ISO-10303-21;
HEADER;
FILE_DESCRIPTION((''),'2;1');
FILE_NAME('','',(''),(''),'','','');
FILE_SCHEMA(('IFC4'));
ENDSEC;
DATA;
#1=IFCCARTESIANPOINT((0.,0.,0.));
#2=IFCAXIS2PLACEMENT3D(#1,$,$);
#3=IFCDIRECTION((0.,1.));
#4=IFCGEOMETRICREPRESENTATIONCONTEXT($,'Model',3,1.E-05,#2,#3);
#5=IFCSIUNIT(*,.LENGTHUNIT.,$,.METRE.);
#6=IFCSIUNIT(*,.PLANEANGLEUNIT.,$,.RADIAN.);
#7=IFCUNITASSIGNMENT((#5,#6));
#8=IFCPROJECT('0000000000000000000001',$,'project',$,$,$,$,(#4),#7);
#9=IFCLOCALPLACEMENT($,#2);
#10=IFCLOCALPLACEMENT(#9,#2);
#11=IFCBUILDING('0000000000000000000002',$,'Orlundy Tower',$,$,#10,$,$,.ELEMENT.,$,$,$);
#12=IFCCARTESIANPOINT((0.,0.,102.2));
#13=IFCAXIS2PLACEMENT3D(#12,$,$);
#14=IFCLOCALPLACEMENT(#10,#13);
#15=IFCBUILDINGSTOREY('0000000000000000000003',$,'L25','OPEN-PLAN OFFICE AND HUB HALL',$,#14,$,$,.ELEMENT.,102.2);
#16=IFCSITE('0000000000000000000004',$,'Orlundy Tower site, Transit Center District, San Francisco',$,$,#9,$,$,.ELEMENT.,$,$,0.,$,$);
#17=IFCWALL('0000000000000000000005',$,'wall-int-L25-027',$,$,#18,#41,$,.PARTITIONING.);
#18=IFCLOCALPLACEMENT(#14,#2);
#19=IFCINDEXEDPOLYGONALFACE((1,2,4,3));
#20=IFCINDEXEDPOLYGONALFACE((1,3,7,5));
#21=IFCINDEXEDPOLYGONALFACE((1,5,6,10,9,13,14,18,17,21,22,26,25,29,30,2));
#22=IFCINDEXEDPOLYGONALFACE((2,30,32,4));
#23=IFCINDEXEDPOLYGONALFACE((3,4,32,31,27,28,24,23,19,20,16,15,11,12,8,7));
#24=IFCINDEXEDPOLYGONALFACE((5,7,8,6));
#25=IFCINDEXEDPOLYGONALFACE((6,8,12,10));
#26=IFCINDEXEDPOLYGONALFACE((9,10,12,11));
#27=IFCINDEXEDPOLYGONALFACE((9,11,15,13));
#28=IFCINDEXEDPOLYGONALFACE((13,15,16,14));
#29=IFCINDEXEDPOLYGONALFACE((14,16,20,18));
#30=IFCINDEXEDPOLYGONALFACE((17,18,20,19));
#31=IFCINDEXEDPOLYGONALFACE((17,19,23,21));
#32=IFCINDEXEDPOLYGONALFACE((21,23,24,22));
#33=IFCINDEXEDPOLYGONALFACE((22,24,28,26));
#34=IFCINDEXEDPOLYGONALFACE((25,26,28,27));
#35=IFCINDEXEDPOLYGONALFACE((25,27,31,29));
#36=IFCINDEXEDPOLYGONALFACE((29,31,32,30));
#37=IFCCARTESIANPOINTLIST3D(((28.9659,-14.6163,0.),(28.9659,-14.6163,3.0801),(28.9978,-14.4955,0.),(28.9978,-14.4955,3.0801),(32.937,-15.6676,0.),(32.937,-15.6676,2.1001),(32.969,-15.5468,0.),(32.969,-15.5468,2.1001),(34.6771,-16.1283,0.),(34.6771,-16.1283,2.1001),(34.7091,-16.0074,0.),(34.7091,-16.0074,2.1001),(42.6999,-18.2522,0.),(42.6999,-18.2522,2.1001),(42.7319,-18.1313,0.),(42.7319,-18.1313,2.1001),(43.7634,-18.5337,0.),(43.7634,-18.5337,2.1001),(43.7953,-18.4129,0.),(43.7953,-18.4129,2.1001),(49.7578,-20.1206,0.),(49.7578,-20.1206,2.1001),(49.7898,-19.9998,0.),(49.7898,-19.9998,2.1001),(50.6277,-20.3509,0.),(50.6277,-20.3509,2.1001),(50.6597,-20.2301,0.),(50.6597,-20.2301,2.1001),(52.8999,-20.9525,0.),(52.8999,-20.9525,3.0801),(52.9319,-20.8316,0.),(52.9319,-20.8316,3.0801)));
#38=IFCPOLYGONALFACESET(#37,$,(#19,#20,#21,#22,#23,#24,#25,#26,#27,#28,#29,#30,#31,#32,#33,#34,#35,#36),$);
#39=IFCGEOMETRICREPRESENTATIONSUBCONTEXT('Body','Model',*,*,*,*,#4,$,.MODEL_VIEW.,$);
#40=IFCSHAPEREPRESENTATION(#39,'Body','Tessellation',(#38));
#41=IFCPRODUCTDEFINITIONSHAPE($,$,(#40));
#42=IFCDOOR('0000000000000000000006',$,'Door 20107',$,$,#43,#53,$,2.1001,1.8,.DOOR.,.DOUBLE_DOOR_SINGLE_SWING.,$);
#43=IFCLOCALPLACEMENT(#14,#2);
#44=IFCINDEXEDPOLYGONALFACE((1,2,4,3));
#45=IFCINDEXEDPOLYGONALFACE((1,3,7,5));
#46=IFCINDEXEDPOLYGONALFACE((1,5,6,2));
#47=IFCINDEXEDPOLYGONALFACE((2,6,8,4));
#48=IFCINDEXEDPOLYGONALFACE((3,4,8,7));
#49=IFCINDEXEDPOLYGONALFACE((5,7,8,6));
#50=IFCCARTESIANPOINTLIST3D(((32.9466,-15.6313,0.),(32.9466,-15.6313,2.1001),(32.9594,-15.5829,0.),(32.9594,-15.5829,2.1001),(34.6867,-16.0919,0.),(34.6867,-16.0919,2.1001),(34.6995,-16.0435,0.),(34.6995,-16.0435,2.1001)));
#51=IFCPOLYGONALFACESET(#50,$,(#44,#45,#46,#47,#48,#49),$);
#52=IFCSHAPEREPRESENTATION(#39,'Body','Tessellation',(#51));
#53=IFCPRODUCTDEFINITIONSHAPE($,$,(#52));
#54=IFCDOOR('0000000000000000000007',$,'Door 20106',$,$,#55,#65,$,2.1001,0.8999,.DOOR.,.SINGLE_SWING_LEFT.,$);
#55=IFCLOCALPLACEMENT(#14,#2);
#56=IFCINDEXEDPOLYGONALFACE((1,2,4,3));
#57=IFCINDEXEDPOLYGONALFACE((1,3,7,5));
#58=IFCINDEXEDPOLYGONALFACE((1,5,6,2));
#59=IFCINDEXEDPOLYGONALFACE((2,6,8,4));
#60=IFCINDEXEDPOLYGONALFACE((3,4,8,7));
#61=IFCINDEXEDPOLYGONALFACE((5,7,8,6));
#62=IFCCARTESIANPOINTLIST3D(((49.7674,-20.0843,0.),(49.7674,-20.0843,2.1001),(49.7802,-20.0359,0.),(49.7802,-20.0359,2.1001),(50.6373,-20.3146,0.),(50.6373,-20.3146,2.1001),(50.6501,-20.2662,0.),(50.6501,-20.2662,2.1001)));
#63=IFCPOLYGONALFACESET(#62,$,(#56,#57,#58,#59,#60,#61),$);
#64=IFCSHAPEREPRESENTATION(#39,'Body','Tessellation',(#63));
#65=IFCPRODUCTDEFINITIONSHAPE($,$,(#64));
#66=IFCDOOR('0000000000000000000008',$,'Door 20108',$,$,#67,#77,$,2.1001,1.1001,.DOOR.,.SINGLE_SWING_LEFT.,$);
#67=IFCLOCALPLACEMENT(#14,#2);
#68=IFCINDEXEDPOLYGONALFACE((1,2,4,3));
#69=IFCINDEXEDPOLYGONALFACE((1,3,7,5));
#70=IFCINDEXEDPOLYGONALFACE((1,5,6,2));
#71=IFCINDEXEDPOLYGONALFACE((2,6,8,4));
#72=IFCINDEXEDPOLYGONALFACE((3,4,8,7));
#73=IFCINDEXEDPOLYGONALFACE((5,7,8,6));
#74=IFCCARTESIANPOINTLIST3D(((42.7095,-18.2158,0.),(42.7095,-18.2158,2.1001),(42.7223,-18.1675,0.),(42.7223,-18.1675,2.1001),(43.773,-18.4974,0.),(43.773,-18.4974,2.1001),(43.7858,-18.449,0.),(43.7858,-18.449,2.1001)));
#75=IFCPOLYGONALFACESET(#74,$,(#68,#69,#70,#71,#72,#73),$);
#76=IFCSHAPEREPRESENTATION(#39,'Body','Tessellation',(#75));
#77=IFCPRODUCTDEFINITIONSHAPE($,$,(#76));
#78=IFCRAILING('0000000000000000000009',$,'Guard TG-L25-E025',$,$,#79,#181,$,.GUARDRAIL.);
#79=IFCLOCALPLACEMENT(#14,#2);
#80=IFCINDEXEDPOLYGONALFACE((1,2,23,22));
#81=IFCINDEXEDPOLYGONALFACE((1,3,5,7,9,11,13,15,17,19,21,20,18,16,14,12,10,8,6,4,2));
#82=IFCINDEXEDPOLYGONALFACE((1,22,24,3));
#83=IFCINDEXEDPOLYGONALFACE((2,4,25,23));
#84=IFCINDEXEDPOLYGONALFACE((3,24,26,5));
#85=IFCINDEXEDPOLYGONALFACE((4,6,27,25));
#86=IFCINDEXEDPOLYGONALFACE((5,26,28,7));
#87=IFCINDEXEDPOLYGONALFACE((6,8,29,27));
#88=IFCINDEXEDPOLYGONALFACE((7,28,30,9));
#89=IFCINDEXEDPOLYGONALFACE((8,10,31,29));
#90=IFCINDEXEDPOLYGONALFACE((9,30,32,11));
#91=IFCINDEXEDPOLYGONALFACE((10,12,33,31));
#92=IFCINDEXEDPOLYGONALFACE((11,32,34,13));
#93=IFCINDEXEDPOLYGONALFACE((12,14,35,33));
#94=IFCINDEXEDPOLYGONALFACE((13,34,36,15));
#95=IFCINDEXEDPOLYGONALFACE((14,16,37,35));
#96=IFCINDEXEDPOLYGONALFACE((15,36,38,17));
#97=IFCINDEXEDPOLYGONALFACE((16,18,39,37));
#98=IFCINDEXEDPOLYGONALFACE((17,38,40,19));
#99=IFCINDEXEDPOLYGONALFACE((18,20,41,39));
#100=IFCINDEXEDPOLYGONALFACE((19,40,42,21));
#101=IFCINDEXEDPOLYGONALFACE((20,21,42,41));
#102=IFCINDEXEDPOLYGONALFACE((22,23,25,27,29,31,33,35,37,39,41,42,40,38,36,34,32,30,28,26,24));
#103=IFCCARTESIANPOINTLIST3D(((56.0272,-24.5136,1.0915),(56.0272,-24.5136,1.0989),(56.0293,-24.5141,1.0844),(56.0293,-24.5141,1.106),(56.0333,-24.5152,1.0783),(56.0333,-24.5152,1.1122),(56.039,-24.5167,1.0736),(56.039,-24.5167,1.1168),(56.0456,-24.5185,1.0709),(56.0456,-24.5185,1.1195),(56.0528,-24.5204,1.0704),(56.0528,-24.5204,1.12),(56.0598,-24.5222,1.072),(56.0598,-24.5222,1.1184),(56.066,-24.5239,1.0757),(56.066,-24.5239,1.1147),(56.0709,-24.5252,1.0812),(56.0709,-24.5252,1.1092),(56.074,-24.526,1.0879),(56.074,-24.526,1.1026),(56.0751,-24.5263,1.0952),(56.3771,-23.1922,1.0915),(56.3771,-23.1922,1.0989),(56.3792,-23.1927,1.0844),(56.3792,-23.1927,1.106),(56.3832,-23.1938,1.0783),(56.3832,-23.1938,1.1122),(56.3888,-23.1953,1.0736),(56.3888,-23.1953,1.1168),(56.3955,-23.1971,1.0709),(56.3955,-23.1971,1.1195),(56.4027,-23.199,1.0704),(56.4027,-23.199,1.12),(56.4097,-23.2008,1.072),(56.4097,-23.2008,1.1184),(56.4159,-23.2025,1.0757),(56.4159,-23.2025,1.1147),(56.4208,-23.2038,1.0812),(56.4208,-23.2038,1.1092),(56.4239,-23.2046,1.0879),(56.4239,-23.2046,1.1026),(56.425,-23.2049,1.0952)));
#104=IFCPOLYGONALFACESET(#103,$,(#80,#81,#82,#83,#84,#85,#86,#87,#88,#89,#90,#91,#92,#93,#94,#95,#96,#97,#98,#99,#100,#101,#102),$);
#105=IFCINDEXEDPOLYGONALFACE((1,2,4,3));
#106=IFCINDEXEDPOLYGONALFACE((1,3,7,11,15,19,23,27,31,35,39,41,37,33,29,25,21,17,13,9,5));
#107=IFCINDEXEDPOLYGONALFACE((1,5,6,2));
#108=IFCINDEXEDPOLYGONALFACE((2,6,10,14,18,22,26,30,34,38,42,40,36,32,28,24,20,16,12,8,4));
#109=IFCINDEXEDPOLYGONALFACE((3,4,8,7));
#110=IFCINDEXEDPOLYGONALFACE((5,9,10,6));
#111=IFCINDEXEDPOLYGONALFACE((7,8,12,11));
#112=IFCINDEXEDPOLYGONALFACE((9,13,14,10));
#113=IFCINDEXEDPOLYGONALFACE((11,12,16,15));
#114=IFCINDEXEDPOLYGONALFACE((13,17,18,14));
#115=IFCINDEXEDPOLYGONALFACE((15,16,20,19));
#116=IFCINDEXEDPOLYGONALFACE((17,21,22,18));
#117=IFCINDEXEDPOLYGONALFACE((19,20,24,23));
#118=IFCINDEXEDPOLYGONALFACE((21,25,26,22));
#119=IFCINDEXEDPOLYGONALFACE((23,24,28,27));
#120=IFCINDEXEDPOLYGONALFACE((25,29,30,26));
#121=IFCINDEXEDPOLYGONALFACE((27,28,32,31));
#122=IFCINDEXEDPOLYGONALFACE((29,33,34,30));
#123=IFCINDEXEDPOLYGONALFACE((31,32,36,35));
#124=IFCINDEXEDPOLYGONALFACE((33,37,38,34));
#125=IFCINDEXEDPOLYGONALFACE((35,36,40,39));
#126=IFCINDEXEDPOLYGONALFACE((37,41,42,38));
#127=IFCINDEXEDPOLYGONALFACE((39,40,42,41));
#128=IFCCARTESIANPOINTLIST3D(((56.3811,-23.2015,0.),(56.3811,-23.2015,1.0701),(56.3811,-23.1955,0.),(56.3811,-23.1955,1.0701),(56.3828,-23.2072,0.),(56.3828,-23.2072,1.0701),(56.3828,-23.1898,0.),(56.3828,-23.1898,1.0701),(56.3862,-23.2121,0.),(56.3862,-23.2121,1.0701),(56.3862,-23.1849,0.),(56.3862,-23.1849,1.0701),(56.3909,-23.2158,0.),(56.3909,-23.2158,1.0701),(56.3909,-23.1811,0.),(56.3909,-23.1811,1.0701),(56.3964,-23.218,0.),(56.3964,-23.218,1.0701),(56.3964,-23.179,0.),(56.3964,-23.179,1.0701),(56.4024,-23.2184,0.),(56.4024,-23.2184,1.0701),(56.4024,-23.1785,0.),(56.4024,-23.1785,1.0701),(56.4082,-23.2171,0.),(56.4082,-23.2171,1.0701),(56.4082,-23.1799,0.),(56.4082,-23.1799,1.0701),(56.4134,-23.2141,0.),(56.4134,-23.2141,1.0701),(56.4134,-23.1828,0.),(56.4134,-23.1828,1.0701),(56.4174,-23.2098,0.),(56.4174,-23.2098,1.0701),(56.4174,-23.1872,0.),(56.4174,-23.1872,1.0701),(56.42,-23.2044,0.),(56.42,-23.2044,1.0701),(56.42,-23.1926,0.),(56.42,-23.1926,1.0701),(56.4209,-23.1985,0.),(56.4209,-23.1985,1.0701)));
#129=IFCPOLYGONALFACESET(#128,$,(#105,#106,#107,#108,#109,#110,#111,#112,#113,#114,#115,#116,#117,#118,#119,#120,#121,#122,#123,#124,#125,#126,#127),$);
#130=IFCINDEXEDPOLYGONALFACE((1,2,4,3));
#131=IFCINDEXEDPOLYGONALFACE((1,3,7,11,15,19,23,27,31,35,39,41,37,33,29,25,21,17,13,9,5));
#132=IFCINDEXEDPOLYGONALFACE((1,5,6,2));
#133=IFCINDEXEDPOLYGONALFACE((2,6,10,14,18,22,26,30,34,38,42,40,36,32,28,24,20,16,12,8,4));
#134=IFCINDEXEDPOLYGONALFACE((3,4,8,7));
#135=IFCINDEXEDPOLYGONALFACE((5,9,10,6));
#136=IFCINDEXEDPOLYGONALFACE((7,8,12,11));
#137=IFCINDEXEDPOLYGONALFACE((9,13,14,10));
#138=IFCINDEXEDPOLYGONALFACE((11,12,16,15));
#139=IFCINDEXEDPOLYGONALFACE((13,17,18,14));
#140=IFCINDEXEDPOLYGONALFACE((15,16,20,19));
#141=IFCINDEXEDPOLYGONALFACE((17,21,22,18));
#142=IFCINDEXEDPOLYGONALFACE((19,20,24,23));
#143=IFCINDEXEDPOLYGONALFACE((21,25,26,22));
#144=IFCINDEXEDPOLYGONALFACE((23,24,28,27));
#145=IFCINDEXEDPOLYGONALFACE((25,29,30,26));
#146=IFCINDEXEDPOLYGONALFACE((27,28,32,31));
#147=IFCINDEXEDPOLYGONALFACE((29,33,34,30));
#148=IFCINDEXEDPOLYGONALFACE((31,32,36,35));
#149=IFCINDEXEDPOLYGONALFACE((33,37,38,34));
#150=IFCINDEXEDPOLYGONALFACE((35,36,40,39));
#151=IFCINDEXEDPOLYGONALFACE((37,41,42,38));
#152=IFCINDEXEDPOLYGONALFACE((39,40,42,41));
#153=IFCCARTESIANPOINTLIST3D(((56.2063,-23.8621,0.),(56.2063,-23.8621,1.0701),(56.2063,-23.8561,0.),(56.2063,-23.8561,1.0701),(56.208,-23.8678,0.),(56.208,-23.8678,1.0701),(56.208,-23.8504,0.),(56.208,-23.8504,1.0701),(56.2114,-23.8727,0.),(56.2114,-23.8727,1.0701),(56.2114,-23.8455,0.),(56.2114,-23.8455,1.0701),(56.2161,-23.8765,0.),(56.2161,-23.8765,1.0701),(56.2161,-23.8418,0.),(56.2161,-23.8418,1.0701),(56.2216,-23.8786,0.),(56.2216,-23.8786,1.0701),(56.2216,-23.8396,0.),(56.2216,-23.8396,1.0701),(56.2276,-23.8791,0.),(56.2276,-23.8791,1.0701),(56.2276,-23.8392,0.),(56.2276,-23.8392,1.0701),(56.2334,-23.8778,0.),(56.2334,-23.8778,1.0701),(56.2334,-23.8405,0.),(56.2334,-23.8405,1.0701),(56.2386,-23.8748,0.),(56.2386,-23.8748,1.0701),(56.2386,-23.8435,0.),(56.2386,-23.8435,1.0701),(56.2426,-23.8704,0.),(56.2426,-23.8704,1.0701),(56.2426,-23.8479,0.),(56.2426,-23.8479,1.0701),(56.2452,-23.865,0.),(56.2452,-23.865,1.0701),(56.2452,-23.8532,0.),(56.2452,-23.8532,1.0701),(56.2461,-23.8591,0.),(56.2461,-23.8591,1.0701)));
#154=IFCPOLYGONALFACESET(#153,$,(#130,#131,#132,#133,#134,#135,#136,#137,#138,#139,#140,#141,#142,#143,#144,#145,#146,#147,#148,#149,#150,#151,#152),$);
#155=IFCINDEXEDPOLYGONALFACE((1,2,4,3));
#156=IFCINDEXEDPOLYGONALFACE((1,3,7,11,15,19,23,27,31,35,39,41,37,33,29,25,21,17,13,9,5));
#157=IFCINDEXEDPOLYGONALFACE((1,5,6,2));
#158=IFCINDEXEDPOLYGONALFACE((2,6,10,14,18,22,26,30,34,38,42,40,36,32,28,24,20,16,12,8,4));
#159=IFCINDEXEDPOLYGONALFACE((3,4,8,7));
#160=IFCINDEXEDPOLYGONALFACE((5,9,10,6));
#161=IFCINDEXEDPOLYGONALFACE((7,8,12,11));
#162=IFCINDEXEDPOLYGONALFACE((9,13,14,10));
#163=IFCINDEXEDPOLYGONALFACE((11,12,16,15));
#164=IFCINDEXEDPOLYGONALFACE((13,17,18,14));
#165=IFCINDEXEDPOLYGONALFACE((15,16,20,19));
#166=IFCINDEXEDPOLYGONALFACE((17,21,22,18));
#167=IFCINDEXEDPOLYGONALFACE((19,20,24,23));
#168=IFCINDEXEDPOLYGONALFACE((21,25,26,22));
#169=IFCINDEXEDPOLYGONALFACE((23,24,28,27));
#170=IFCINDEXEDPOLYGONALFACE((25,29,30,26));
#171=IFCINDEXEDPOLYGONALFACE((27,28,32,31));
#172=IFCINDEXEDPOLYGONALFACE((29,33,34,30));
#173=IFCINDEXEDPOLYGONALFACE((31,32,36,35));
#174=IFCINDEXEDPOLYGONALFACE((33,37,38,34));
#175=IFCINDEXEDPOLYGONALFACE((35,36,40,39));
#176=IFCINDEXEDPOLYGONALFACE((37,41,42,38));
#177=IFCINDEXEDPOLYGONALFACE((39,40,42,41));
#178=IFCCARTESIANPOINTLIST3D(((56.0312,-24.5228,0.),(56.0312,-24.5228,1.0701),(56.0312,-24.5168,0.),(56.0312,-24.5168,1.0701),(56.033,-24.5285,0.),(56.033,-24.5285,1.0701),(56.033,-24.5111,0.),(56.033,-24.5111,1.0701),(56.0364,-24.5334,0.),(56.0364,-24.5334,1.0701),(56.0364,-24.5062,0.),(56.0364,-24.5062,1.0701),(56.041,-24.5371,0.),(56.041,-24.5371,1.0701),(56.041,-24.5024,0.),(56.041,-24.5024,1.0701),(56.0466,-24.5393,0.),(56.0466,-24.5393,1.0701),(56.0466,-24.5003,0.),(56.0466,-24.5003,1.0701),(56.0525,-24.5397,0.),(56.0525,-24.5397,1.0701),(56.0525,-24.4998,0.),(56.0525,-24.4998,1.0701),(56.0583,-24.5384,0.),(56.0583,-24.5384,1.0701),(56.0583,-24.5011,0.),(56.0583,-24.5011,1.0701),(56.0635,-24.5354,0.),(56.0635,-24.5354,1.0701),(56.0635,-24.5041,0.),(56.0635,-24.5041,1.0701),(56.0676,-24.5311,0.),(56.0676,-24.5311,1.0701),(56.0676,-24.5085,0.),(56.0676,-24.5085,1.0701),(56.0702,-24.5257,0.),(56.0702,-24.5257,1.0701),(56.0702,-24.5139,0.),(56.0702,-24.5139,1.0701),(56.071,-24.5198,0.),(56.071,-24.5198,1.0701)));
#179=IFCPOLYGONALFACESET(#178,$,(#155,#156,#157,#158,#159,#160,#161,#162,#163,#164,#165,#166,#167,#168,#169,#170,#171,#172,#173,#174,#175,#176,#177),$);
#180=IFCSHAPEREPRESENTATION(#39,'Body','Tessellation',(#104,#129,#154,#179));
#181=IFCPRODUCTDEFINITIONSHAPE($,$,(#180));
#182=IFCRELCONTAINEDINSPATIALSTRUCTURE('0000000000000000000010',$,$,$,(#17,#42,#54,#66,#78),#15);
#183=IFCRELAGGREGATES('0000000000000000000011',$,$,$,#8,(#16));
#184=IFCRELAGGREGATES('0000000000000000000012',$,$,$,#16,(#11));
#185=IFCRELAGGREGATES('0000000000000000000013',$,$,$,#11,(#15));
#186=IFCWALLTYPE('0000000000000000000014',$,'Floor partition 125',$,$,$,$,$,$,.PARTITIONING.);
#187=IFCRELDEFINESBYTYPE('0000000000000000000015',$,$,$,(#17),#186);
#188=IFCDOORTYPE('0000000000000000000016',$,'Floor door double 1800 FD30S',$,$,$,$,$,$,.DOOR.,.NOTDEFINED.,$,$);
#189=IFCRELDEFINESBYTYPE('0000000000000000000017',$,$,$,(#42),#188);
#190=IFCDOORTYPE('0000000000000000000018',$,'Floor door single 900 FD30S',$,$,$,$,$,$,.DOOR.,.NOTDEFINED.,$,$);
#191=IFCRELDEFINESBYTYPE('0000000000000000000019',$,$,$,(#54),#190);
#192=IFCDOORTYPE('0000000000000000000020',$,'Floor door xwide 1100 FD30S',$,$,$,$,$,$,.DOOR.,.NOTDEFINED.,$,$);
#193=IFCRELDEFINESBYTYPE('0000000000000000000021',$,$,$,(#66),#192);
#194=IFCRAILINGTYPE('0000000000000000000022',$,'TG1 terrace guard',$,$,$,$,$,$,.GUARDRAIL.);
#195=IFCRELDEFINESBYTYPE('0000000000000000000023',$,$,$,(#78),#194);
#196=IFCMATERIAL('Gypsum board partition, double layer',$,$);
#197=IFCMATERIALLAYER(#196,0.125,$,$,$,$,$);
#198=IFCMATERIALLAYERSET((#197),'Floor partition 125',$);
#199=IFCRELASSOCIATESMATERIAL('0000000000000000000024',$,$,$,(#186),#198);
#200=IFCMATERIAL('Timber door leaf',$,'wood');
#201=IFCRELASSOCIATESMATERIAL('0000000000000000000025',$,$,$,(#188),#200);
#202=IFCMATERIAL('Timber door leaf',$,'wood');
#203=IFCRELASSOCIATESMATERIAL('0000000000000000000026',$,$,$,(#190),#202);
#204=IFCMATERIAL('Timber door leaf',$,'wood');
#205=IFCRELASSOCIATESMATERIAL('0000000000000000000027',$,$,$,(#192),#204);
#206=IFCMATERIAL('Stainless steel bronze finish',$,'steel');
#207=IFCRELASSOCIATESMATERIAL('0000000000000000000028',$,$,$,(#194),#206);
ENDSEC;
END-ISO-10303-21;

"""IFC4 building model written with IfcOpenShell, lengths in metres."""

from ifc_helpers import new_model, si_unit, direction, frame, frame_2d, origin, origin_2d, place, context, subcontext, project, spatial, rectangle, circle, extrude, material, layer, layer_set, type_object, element, fill, save


model = new_model("IFC4")

# Units and contexts
model_context = context("Model", 3, precision=1e-05, world=origin(), true_north=direction((0.0, 1.0)))
body_context = subcontext(model_context, "Body", "Model", "MODEL_VIEW")
ifc_project = project(units=[si_unit("LENGTHUNIT", "METRE"), si_unit("PLANEANGLEUNIT", "RADIAN")], contexts=[model_context])

# Site, building, storey
site_placement = place(None, origin())
site = spatial("IfcSite", under=ifc_project, at=site_placement, Name="Orlundy Tower site, Transit Center District, San Francisco", CompositionType="ELEMENT", RefElevation=0.0)
building_placement = place(site_placement, origin())
building = spatial("IfcBuilding", under=site, at=building_placement, Name="Orlundy Tower", CompositionType="ELEMENT")
storey_placement = place(building_placement, frame((0.0, 0.0, 102.2)))
storey = spatial("IfcBuildingStorey", under=building, at=storey_placement, Name="L25", Description="OPEN-PLAN OFFICE AND HUB HALL", CompositionType="ELEMENT", Elevation=102.2)

# Shared definitions
ifc_material_1 = material(Name="Gypsum board partition, double layer")
ifc_layer_1 = layer(ifc_material_1, 0.125)
ifc_layer_set_1 = layer_set([ifc_layer_1], Name="Floor partition 125")
wall_type = type_object("IfcWallType", Name="Floor partition 125", PredefinedType="PARTITIONING", material=ifc_layer_set_1)

# Wall, openings, doors
wall_1_placement = place(storey_placement, frame((52.916, -20.8921, 0.0), z_axis=(0.0, 0.0, 1.0), x_axis=(-0.966698, 0.255919, 0.0)))
wall_1 = element("IfcWall", 1, at=wall_1_placement, inside=storey, type_object=wall_type, Name="wall-int-L25-027", PredefinedType="PARTITIONING", context=body_context, shape_type="SweptSolid", body=[
    extrude(rectangle(XDim=24.7585, YDim=0.125, at=frame_2d((12.3794, 0.0))), origin(), (0.0, 0.0, 1.0), 3.0801),
])
opening_1_placement = place(wall_1_placement, frame((2.3506, 0.0, 0.0)))
opening_1 = element("IfcOpeningElement", 2, at=opening_1_placement, cuts=wall_1, PredefinedType="OPENING", context=body_context, shape_type="SweptSolid", body=[
    extrude(rectangle(XDim=0.8999, YDim=2.1001, at=frame_2d((0.45, 1.05))), frame((0.0, 0.0725, 0.0), z_axis=(0.0, -1.0, 0.0), x_axis=(1.0, 0.0, 0.0)), (0.0, 0.0, 1.0), 0.145),
])
opening_2_placement = place(wall_1_placement, frame((18.8508, 0.0, 0.0)))
opening_2 = element("IfcOpeningElement", 3, at=opening_2_placement, cuts=wall_1, PredefinedType="OPENING", context=body_context, shape_type="SweptSolid", body=[
    extrude(rectangle(XDim=1.8, YDim=2.1001, at=frame_2d((0.8999, 1.05))), frame((0.0, 0.0725, 0.0), z_axis=(0.0, -1.0, 0.0), x_axis=(1.0, 0.0, 0.0)), (0.0, 0.0, 1.0), 0.145),
])
opening_3_placement = place(wall_1_placement, frame((9.4514, 0.0, 0.0)))
opening_3 = element("IfcOpeningElement", 4, at=opening_3_placement, cuts=wall_1, PredefinedType="OPENING", context=body_context, shape_type="SweptSolid", body=[
    extrude(rectangle(XDim=1.1001, YDim=2.1001, at=frame_2d((0.55, 1.05))), frame((0.0, 0.0725, 0.0), z_axis=(0.0, -1.0, 0.0), x_axis=(1.0, 0.0, 0.0)), (0.0, 0.0, 1.0), 0.145),
])
ifc_material_2 = material(Name="Timber door leaf", Category="wood")
door_type_1 = type_object("IfcDoorType", Name="Floor door double 1800 FD30S", OperationType="NOTDEFINED", PredefinedType="DOOR", material=ifc_material_2)
door_1_placement = place(opening_2_placement, origin())
door_1 = element("IfcDoor", 5, at=door_1_placement, inside=storey, type_object=door_type_1, Name="Door 20107", OperationType="DOUBLE_DOOR_SINGLE_SWING", OverallHeight=2.1001, OverallWidth=1.8, PredefinedType="DOOR", context=body_context, shape_type="SweptSolid", body=[
    extrude(rectangle(XDim=1.8, YDim=2.1001, at=frame_2d((0.8999, 1.05))), frame((0.0, 0.0249, 0.0), z_axis=(0.0, -1.0, 0.0), x_axis=(1.0, 0.0, 0.0)), (0.0, 0.0, 1.0), 0.05),
])
fill(opening_2, door_1)
ifc_material_3 = material(Name="Timber door leaf", Category="wood")
door_type_2 = type_object("IfcDoorType", Name="Floor door single 900 FD30S", OperationType="NOTDEFINED", PredefinedType="DOOR", material=ifc_material_3)
door_2_placement = place(opening_1_placement, origin())
door_2 = element("IfcDoor", 6, at=door_2_placement, inside=storey, type_object=door_type_2, Name="Door 20106", OperationType="SINGLE_SWING_LEFT", OverallHeight=2.1001, OverallWidth=0.8999, PredefinedType="DOOR", context=body_context, shape_type="SweptSolid", body=[
    extrude(rectangle(XDim=0.8999, YDim=2.1001, at=frame_2d((0.45, 1.05))), frame((0.0, 0.0249, 0.0), z_axis=(0.0, -1.0, 0.0), x_axis=(1.0, 0.0, 0.0)), (0.0, 0.0, 1.0), 0.05),
])
fill(opening_1, door_2)
ifc_material_4 = material(Name="Timber door leaf", Category="wood")
door_type_3 = type_object("IfcDoorType", Name="Floor door xwide 1100 FD30S", OperationType="NOTDEFINED", PredefinedType="DOOR", material=ifc_material_4)
door_3_placement = place(opening_3_placement, origin())
door_3 = element("IfcDoor", 7, at=door_3_placement, inside=storey, type_object=door_type_3, Name="Door 20108", OperationType="SINGLE_SWING_LEFT", OverallHeight=2.1001, OverallWidth=1.1001, PredefinedType="DOOR", context=body_context, shape_type="SweptSolid", body=[
    extrude(rectangle(XDim=1.1001, YDim=2.1001, at=frame_2d((0.55, 1.05))), frame((0.0, 0.0249, 0.0), z_axis=(0.0, -1.0, 0.0), x_axis=(1.0, 0.0, 0.0)), (0.0, 0.0, 1.0), 0.05),
])
fill(opening_3, door_3)

# Railing
ifc_material_5 = material(Name="Stainless steel bronze finish", Category="steel")
railing_type = type_object("IfcRailingType", Name="TG1 terrace guard", PredefinedType="GUARDRAIL", material=ifc_material_5)
railing_1_placement = place(storey_placement, frame((56.4009, -23.1985, 0.0)))
element("IfcRailing", 8, at=railing_1_placement, inside=storey, type_object=railing_type, Name="Guard TG-L25-E025", PredefinedType="GUARDRAIL", context=body_context, shape_type="SweptSolid", body=[
    extrude(circle(Radius=0.0249, at=origin_2d()), frame((0.0, 0.0, 1.0952), z_axis=(-0.255961, -0.966687, 0.0), x_axis=(0.966687, -0.255961, 0.0)), (0.0, 0.0, 1.0), 1.3669),
    extrude(circle(Radius=0.02, at=origin_2d()), origin(), (0.0, 0.0, 1.0), 1.0701),
    extrude(circle(Radius=0.02, at=origin_2d()), frame((-0.1748, -0.6606, 0.0)), (0.0, 0.0, 1.0), 1.0701),
    extrude(circle(Radius=0.02, at=origin_2d()), frame((-0.3499, -1.3213, 0.0)), (0.0, 0.0, 1.0), 1.0701),
])

save(model, "model.ifc")
